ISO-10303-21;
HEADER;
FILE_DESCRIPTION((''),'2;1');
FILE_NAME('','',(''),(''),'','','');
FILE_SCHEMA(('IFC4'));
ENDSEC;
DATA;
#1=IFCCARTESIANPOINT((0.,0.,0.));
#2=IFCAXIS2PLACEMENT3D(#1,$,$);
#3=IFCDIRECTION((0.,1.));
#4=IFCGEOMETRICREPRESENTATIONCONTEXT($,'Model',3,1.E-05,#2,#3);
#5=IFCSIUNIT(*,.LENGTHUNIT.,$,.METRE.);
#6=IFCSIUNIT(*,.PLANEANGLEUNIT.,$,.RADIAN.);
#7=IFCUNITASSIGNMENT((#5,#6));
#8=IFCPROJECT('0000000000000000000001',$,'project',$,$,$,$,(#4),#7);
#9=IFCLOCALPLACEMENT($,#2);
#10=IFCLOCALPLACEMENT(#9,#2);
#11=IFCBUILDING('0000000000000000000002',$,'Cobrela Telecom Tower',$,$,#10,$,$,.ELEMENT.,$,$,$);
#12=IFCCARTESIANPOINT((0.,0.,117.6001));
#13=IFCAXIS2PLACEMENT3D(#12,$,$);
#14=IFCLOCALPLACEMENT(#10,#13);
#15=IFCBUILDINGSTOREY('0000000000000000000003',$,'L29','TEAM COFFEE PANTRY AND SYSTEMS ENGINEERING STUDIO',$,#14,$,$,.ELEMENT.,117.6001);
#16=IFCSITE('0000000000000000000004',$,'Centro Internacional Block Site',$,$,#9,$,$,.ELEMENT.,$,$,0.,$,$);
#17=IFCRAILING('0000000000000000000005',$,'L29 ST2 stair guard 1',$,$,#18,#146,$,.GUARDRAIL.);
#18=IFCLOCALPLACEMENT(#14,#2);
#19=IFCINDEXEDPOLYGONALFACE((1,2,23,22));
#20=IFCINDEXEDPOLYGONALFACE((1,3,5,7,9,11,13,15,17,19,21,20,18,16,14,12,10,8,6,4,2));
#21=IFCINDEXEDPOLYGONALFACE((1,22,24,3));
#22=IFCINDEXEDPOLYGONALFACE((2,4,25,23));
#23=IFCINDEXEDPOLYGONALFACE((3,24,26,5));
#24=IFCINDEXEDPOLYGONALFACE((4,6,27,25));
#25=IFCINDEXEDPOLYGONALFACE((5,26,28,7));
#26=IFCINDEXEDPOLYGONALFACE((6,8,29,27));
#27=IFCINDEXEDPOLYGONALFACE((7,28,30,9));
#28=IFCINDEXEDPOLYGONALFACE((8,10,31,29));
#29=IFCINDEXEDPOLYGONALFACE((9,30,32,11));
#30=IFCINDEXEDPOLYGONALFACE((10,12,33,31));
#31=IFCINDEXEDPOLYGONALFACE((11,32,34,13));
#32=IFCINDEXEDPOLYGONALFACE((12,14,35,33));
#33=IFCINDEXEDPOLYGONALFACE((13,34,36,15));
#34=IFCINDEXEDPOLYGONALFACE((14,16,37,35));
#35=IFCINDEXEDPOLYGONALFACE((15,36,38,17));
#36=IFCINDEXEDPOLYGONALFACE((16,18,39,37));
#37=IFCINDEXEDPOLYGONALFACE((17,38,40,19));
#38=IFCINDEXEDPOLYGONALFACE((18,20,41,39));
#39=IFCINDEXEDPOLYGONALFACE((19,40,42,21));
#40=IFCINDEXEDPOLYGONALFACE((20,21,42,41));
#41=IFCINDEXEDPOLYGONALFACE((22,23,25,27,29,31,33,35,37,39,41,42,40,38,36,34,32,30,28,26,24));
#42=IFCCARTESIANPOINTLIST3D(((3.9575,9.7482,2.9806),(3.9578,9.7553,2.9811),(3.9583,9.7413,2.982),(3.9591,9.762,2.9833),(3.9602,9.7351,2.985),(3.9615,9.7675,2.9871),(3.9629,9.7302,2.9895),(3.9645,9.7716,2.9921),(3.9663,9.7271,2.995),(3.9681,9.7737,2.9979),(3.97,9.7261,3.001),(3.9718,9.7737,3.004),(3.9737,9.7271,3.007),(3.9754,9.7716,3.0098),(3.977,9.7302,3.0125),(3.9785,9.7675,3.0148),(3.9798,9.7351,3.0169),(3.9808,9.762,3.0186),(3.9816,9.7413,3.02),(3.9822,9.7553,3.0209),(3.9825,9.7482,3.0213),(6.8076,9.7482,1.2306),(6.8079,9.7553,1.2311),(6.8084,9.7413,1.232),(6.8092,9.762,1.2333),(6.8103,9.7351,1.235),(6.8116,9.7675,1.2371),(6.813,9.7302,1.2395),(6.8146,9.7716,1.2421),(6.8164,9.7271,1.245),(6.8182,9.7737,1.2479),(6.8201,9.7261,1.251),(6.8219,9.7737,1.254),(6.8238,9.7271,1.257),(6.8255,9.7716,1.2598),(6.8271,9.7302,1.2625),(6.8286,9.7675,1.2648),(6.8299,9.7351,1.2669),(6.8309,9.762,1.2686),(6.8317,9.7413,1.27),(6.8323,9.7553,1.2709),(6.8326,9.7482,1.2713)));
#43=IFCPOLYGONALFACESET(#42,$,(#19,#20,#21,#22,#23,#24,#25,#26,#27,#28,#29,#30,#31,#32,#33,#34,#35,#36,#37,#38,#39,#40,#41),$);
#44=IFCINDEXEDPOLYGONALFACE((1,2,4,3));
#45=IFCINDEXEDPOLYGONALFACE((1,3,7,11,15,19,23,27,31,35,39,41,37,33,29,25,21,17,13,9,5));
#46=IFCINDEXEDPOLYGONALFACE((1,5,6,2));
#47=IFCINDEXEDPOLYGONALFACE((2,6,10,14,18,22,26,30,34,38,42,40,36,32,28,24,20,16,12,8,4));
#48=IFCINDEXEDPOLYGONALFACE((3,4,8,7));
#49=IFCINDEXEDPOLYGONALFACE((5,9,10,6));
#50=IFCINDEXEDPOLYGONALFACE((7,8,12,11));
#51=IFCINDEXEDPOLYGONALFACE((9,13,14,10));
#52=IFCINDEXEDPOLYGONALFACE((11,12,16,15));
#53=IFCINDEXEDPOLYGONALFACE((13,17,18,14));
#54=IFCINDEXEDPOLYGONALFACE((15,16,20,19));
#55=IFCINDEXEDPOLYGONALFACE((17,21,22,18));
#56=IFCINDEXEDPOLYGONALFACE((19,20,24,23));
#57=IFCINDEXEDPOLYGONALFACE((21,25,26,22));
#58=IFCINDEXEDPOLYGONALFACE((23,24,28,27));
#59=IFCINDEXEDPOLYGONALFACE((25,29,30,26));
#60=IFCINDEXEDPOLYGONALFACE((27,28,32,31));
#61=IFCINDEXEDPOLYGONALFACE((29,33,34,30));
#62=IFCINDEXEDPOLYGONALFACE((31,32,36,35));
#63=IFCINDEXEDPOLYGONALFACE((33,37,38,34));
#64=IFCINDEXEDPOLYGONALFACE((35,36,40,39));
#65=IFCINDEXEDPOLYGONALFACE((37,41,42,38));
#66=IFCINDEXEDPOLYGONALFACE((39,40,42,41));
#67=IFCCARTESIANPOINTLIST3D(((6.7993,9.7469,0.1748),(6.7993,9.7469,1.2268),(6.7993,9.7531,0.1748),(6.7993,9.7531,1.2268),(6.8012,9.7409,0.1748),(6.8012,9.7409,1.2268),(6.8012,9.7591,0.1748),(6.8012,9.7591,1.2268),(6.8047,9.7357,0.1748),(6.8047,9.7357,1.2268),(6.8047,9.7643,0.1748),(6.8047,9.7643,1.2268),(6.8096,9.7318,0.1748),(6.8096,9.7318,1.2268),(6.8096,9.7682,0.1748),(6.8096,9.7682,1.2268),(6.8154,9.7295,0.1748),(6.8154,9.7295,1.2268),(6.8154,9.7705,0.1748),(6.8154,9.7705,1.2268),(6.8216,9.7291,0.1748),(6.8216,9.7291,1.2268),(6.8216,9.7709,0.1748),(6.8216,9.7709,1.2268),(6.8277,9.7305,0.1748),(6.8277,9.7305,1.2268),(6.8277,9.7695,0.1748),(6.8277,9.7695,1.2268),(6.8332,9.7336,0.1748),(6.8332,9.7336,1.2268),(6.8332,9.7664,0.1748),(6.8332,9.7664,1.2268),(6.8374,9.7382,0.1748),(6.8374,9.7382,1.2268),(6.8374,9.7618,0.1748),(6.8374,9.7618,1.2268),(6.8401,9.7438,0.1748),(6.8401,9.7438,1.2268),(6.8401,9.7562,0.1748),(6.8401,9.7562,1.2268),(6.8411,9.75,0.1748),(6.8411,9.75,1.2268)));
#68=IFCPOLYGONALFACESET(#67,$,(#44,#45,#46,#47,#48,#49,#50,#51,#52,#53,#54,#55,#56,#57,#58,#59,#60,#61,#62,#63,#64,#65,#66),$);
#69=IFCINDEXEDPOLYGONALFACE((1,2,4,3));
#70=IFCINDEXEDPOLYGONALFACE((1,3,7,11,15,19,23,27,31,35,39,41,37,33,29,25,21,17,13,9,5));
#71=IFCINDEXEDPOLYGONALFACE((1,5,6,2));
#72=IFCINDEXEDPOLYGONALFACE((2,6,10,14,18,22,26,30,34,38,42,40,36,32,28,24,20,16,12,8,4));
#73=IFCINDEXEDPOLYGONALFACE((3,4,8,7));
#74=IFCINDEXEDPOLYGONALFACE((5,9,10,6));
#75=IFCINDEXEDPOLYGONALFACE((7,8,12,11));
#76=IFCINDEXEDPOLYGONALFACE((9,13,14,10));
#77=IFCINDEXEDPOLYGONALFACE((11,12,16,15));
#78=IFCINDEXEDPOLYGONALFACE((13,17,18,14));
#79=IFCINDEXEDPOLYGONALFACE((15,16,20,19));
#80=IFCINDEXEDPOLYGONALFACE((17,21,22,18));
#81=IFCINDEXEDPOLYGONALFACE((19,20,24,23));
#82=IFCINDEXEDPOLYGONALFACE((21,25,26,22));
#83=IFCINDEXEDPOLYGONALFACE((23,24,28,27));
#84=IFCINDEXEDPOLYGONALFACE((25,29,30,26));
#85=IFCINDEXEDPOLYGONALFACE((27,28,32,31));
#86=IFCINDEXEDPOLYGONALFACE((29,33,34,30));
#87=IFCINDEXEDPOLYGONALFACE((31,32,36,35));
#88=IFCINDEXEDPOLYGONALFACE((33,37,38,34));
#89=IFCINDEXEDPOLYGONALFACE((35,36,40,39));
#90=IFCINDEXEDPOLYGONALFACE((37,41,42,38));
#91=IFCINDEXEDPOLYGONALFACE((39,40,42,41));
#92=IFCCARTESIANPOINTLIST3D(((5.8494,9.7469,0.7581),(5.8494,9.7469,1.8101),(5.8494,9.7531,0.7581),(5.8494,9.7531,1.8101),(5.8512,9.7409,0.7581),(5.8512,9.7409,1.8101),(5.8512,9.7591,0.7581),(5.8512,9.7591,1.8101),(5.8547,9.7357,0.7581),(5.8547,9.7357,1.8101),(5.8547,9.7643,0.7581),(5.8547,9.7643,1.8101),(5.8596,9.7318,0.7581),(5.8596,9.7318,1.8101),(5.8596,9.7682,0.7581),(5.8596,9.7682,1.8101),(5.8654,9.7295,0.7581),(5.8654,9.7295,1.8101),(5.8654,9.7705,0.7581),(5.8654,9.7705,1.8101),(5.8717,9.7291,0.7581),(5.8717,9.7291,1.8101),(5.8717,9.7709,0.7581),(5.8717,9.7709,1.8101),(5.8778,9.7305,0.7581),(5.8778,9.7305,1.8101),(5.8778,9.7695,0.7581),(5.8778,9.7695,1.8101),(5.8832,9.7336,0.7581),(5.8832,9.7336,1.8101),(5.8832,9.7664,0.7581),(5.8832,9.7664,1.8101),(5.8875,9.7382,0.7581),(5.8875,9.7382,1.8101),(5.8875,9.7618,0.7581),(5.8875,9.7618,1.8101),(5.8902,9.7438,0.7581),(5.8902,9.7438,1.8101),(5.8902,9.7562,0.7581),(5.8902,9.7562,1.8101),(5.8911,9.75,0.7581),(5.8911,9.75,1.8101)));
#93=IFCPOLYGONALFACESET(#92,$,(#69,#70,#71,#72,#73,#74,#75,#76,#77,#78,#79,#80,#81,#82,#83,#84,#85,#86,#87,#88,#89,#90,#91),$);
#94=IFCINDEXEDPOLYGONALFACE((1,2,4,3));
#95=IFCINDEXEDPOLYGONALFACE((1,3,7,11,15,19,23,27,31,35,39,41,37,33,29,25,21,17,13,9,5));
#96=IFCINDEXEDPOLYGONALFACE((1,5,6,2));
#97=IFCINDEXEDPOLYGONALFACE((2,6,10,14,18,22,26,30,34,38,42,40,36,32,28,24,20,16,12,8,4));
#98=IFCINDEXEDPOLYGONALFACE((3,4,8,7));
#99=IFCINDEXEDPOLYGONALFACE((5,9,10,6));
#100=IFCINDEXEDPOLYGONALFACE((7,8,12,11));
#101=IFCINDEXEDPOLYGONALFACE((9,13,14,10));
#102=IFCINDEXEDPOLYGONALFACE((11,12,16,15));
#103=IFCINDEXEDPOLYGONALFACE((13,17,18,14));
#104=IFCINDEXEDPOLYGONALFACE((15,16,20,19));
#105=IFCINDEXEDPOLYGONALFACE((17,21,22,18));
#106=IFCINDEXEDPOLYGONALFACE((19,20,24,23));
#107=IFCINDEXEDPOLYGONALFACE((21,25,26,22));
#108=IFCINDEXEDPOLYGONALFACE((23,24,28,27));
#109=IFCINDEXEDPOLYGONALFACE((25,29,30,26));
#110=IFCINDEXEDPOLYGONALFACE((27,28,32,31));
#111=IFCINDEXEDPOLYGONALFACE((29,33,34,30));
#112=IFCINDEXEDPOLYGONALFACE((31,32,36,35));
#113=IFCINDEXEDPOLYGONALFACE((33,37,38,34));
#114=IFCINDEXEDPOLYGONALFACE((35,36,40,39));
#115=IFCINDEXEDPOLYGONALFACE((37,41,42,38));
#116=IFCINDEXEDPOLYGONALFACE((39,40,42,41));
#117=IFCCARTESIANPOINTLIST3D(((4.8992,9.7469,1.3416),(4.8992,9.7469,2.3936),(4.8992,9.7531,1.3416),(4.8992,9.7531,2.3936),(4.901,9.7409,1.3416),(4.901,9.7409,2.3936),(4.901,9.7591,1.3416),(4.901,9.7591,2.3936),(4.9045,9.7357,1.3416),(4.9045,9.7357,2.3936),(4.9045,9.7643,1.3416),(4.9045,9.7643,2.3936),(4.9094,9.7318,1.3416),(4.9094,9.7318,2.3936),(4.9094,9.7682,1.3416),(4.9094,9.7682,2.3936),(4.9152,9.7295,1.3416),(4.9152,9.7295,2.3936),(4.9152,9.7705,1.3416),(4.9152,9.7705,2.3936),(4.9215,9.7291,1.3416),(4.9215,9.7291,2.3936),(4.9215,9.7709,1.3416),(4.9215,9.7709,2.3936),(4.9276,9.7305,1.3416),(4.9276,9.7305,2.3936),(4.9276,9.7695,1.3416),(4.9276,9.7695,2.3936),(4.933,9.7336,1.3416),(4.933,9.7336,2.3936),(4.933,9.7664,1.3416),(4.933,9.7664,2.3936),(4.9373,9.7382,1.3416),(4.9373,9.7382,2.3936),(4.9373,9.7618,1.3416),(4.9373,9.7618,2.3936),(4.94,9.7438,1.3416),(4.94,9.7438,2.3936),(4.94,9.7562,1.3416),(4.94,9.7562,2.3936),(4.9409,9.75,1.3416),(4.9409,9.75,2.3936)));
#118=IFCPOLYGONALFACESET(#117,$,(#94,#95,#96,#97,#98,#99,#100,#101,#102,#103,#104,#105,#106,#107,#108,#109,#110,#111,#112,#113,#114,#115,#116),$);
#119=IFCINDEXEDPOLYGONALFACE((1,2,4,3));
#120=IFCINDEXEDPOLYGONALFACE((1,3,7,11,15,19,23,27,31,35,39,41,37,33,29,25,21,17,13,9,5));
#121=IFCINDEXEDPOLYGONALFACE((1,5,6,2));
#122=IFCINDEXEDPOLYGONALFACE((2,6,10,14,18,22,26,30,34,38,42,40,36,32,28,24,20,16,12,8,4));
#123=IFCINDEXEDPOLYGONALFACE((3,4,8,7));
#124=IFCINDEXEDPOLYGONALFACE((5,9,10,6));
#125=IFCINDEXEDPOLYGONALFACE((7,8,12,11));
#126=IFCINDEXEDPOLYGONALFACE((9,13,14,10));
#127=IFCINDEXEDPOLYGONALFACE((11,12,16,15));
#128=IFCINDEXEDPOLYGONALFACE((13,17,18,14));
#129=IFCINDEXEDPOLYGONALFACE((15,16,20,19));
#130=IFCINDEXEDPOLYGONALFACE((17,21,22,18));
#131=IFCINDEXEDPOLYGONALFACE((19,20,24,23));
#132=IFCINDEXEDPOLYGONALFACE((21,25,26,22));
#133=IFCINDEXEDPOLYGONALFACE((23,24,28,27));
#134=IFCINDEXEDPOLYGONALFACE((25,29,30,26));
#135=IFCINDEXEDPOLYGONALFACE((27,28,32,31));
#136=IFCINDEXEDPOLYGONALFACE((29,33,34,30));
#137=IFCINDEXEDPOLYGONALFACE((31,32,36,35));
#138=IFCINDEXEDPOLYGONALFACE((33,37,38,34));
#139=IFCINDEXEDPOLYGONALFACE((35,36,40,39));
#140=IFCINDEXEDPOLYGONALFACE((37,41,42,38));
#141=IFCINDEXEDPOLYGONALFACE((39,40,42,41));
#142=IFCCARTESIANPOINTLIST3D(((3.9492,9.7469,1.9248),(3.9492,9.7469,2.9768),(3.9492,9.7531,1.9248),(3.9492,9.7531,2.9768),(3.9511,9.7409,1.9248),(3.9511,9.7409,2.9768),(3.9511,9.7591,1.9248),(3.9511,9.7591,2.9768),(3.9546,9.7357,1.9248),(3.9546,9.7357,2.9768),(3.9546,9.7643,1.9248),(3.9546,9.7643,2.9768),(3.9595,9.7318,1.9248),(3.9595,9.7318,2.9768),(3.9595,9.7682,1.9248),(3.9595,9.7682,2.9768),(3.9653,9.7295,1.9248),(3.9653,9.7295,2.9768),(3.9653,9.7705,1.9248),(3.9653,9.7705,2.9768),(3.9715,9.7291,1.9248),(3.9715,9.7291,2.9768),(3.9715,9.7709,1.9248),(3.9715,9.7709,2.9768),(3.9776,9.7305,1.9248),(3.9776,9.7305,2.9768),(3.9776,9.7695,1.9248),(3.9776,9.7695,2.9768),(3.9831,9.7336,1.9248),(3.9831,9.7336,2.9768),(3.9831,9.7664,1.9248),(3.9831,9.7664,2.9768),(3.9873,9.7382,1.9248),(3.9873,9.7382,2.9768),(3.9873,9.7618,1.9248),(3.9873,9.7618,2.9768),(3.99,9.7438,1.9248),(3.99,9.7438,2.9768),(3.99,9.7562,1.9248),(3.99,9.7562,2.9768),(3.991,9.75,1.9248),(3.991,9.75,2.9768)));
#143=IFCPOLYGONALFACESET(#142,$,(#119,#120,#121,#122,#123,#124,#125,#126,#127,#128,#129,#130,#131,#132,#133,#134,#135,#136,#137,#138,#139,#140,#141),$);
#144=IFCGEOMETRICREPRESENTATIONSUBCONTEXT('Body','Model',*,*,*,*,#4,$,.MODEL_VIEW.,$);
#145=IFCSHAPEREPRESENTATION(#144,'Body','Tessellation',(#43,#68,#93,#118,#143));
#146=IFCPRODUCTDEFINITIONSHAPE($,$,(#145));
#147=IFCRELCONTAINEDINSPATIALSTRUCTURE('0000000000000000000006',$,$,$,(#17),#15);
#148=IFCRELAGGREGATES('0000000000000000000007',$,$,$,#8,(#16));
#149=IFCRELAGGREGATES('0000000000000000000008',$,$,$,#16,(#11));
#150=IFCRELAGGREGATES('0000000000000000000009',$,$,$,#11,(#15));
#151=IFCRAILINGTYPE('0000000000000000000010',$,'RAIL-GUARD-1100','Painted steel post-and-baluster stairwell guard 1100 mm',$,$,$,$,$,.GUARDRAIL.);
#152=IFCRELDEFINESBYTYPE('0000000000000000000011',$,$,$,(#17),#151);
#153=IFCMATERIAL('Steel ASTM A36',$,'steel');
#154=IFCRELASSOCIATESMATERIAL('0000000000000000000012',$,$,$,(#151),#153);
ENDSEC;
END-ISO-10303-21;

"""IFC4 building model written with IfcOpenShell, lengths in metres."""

from ifc_helpers import new_model, si_unit, direction, frame, origin, origin_2d, place, context, subcontext, project, spatial, circle, extrude, material, type_object, element, save


model = new_model("IFC4")

# Units and contexts
model_context = context("Model", 3, precision=1e-05, world=origin(), true_north=direction((0.0, 1.0)))
body_context = subcontext(model_context, "Body", "Model", "MODEL_VIEW")
ifc_project = project(units=[si_unit("LENGTHUNIT", "METRE"), si_unit("PLANEANGLEUNIT", "RADIAN")], contexts=[model_context])

# Site, building, storey
site_placement = place(None, origin())
site = spatial("IfcSite", under=ifc_project, at=site_placement, Name="Centro Internacional Block Site", CompositionType="ELEMENT", RefElevation=0.0)
building_placement = place(site_placement, origin())
building = spatial("IfcBuilding", under=site, at=building_placement, Name="Cobrela Telecom Tower", CompositionType="ELEMENT")
storey_placement = place(building_placement, frame((0.0, 0.0, 117.6001)))
storey = spatial("IfcBuildingStorey", under=building, at=storey_placement, Name="L29", Description="TEAM COFFEE PANTRY AND SYSTEMS ENGINEERING STUDIO", CompositionType="ELEMENT", Elevation=117.6001)

# Shared definitions
ifc_material_1 = material(Name="Steel ASTM A36", Category="steel")

# Railing
railing_type_1 = type_object("IfcRailingType", Name="RAIL-GUARD-1100", Description="Painted steel post-and-baluster stairwell guard 1100 mm", PredefinedType="GUARDRAIL", material=ifc_material_1)
railing_1_placement = place(storey_placement, frame((6.8201, 9.75, 0.1748)))
element("IfcRailing", 1, at=railing_1_placement, inside=storey, type_object=railing_type_1, Name="L29 ST2 stair guard 1", PredefinedType="GUARDRAIL", context=body_context, shape_type="SweptSolid", body=[
    extrude(circle(Radius=0.0239, at=origin_2d()), frame((0.0, 0.0, 1.0762), z_axis=(-0.852179, 0.0, 0.52325), x_axis=(0.0, -1.0, 0.0)), (0.0, 0.0, 1.0), 3.3445),
    extrude(circle(Radius=0.021, at=origin_2d()), origin(), (0.0, 0.0, 1.0), 1.052),
    extrude(circle(Radius=0.021, at=origin_2d()), frame((-0.95, 0.0, 0.5833)), (0.0, 0.0, 1.0), 1.052),
    extrude(circle(Radius=0.021, at=origin_2d()), frame((-1.9001, 0.0, 1.1667)), (0.0, 0.0, 1.0), 1.052),
    extrude(circle(Radius=0.021, at=origin_2d()), frame((-2.8501, 0.0, 1.75)), (0.0, 0.0, 1.0), 1.052),
])

save(model, "model.ifc")
